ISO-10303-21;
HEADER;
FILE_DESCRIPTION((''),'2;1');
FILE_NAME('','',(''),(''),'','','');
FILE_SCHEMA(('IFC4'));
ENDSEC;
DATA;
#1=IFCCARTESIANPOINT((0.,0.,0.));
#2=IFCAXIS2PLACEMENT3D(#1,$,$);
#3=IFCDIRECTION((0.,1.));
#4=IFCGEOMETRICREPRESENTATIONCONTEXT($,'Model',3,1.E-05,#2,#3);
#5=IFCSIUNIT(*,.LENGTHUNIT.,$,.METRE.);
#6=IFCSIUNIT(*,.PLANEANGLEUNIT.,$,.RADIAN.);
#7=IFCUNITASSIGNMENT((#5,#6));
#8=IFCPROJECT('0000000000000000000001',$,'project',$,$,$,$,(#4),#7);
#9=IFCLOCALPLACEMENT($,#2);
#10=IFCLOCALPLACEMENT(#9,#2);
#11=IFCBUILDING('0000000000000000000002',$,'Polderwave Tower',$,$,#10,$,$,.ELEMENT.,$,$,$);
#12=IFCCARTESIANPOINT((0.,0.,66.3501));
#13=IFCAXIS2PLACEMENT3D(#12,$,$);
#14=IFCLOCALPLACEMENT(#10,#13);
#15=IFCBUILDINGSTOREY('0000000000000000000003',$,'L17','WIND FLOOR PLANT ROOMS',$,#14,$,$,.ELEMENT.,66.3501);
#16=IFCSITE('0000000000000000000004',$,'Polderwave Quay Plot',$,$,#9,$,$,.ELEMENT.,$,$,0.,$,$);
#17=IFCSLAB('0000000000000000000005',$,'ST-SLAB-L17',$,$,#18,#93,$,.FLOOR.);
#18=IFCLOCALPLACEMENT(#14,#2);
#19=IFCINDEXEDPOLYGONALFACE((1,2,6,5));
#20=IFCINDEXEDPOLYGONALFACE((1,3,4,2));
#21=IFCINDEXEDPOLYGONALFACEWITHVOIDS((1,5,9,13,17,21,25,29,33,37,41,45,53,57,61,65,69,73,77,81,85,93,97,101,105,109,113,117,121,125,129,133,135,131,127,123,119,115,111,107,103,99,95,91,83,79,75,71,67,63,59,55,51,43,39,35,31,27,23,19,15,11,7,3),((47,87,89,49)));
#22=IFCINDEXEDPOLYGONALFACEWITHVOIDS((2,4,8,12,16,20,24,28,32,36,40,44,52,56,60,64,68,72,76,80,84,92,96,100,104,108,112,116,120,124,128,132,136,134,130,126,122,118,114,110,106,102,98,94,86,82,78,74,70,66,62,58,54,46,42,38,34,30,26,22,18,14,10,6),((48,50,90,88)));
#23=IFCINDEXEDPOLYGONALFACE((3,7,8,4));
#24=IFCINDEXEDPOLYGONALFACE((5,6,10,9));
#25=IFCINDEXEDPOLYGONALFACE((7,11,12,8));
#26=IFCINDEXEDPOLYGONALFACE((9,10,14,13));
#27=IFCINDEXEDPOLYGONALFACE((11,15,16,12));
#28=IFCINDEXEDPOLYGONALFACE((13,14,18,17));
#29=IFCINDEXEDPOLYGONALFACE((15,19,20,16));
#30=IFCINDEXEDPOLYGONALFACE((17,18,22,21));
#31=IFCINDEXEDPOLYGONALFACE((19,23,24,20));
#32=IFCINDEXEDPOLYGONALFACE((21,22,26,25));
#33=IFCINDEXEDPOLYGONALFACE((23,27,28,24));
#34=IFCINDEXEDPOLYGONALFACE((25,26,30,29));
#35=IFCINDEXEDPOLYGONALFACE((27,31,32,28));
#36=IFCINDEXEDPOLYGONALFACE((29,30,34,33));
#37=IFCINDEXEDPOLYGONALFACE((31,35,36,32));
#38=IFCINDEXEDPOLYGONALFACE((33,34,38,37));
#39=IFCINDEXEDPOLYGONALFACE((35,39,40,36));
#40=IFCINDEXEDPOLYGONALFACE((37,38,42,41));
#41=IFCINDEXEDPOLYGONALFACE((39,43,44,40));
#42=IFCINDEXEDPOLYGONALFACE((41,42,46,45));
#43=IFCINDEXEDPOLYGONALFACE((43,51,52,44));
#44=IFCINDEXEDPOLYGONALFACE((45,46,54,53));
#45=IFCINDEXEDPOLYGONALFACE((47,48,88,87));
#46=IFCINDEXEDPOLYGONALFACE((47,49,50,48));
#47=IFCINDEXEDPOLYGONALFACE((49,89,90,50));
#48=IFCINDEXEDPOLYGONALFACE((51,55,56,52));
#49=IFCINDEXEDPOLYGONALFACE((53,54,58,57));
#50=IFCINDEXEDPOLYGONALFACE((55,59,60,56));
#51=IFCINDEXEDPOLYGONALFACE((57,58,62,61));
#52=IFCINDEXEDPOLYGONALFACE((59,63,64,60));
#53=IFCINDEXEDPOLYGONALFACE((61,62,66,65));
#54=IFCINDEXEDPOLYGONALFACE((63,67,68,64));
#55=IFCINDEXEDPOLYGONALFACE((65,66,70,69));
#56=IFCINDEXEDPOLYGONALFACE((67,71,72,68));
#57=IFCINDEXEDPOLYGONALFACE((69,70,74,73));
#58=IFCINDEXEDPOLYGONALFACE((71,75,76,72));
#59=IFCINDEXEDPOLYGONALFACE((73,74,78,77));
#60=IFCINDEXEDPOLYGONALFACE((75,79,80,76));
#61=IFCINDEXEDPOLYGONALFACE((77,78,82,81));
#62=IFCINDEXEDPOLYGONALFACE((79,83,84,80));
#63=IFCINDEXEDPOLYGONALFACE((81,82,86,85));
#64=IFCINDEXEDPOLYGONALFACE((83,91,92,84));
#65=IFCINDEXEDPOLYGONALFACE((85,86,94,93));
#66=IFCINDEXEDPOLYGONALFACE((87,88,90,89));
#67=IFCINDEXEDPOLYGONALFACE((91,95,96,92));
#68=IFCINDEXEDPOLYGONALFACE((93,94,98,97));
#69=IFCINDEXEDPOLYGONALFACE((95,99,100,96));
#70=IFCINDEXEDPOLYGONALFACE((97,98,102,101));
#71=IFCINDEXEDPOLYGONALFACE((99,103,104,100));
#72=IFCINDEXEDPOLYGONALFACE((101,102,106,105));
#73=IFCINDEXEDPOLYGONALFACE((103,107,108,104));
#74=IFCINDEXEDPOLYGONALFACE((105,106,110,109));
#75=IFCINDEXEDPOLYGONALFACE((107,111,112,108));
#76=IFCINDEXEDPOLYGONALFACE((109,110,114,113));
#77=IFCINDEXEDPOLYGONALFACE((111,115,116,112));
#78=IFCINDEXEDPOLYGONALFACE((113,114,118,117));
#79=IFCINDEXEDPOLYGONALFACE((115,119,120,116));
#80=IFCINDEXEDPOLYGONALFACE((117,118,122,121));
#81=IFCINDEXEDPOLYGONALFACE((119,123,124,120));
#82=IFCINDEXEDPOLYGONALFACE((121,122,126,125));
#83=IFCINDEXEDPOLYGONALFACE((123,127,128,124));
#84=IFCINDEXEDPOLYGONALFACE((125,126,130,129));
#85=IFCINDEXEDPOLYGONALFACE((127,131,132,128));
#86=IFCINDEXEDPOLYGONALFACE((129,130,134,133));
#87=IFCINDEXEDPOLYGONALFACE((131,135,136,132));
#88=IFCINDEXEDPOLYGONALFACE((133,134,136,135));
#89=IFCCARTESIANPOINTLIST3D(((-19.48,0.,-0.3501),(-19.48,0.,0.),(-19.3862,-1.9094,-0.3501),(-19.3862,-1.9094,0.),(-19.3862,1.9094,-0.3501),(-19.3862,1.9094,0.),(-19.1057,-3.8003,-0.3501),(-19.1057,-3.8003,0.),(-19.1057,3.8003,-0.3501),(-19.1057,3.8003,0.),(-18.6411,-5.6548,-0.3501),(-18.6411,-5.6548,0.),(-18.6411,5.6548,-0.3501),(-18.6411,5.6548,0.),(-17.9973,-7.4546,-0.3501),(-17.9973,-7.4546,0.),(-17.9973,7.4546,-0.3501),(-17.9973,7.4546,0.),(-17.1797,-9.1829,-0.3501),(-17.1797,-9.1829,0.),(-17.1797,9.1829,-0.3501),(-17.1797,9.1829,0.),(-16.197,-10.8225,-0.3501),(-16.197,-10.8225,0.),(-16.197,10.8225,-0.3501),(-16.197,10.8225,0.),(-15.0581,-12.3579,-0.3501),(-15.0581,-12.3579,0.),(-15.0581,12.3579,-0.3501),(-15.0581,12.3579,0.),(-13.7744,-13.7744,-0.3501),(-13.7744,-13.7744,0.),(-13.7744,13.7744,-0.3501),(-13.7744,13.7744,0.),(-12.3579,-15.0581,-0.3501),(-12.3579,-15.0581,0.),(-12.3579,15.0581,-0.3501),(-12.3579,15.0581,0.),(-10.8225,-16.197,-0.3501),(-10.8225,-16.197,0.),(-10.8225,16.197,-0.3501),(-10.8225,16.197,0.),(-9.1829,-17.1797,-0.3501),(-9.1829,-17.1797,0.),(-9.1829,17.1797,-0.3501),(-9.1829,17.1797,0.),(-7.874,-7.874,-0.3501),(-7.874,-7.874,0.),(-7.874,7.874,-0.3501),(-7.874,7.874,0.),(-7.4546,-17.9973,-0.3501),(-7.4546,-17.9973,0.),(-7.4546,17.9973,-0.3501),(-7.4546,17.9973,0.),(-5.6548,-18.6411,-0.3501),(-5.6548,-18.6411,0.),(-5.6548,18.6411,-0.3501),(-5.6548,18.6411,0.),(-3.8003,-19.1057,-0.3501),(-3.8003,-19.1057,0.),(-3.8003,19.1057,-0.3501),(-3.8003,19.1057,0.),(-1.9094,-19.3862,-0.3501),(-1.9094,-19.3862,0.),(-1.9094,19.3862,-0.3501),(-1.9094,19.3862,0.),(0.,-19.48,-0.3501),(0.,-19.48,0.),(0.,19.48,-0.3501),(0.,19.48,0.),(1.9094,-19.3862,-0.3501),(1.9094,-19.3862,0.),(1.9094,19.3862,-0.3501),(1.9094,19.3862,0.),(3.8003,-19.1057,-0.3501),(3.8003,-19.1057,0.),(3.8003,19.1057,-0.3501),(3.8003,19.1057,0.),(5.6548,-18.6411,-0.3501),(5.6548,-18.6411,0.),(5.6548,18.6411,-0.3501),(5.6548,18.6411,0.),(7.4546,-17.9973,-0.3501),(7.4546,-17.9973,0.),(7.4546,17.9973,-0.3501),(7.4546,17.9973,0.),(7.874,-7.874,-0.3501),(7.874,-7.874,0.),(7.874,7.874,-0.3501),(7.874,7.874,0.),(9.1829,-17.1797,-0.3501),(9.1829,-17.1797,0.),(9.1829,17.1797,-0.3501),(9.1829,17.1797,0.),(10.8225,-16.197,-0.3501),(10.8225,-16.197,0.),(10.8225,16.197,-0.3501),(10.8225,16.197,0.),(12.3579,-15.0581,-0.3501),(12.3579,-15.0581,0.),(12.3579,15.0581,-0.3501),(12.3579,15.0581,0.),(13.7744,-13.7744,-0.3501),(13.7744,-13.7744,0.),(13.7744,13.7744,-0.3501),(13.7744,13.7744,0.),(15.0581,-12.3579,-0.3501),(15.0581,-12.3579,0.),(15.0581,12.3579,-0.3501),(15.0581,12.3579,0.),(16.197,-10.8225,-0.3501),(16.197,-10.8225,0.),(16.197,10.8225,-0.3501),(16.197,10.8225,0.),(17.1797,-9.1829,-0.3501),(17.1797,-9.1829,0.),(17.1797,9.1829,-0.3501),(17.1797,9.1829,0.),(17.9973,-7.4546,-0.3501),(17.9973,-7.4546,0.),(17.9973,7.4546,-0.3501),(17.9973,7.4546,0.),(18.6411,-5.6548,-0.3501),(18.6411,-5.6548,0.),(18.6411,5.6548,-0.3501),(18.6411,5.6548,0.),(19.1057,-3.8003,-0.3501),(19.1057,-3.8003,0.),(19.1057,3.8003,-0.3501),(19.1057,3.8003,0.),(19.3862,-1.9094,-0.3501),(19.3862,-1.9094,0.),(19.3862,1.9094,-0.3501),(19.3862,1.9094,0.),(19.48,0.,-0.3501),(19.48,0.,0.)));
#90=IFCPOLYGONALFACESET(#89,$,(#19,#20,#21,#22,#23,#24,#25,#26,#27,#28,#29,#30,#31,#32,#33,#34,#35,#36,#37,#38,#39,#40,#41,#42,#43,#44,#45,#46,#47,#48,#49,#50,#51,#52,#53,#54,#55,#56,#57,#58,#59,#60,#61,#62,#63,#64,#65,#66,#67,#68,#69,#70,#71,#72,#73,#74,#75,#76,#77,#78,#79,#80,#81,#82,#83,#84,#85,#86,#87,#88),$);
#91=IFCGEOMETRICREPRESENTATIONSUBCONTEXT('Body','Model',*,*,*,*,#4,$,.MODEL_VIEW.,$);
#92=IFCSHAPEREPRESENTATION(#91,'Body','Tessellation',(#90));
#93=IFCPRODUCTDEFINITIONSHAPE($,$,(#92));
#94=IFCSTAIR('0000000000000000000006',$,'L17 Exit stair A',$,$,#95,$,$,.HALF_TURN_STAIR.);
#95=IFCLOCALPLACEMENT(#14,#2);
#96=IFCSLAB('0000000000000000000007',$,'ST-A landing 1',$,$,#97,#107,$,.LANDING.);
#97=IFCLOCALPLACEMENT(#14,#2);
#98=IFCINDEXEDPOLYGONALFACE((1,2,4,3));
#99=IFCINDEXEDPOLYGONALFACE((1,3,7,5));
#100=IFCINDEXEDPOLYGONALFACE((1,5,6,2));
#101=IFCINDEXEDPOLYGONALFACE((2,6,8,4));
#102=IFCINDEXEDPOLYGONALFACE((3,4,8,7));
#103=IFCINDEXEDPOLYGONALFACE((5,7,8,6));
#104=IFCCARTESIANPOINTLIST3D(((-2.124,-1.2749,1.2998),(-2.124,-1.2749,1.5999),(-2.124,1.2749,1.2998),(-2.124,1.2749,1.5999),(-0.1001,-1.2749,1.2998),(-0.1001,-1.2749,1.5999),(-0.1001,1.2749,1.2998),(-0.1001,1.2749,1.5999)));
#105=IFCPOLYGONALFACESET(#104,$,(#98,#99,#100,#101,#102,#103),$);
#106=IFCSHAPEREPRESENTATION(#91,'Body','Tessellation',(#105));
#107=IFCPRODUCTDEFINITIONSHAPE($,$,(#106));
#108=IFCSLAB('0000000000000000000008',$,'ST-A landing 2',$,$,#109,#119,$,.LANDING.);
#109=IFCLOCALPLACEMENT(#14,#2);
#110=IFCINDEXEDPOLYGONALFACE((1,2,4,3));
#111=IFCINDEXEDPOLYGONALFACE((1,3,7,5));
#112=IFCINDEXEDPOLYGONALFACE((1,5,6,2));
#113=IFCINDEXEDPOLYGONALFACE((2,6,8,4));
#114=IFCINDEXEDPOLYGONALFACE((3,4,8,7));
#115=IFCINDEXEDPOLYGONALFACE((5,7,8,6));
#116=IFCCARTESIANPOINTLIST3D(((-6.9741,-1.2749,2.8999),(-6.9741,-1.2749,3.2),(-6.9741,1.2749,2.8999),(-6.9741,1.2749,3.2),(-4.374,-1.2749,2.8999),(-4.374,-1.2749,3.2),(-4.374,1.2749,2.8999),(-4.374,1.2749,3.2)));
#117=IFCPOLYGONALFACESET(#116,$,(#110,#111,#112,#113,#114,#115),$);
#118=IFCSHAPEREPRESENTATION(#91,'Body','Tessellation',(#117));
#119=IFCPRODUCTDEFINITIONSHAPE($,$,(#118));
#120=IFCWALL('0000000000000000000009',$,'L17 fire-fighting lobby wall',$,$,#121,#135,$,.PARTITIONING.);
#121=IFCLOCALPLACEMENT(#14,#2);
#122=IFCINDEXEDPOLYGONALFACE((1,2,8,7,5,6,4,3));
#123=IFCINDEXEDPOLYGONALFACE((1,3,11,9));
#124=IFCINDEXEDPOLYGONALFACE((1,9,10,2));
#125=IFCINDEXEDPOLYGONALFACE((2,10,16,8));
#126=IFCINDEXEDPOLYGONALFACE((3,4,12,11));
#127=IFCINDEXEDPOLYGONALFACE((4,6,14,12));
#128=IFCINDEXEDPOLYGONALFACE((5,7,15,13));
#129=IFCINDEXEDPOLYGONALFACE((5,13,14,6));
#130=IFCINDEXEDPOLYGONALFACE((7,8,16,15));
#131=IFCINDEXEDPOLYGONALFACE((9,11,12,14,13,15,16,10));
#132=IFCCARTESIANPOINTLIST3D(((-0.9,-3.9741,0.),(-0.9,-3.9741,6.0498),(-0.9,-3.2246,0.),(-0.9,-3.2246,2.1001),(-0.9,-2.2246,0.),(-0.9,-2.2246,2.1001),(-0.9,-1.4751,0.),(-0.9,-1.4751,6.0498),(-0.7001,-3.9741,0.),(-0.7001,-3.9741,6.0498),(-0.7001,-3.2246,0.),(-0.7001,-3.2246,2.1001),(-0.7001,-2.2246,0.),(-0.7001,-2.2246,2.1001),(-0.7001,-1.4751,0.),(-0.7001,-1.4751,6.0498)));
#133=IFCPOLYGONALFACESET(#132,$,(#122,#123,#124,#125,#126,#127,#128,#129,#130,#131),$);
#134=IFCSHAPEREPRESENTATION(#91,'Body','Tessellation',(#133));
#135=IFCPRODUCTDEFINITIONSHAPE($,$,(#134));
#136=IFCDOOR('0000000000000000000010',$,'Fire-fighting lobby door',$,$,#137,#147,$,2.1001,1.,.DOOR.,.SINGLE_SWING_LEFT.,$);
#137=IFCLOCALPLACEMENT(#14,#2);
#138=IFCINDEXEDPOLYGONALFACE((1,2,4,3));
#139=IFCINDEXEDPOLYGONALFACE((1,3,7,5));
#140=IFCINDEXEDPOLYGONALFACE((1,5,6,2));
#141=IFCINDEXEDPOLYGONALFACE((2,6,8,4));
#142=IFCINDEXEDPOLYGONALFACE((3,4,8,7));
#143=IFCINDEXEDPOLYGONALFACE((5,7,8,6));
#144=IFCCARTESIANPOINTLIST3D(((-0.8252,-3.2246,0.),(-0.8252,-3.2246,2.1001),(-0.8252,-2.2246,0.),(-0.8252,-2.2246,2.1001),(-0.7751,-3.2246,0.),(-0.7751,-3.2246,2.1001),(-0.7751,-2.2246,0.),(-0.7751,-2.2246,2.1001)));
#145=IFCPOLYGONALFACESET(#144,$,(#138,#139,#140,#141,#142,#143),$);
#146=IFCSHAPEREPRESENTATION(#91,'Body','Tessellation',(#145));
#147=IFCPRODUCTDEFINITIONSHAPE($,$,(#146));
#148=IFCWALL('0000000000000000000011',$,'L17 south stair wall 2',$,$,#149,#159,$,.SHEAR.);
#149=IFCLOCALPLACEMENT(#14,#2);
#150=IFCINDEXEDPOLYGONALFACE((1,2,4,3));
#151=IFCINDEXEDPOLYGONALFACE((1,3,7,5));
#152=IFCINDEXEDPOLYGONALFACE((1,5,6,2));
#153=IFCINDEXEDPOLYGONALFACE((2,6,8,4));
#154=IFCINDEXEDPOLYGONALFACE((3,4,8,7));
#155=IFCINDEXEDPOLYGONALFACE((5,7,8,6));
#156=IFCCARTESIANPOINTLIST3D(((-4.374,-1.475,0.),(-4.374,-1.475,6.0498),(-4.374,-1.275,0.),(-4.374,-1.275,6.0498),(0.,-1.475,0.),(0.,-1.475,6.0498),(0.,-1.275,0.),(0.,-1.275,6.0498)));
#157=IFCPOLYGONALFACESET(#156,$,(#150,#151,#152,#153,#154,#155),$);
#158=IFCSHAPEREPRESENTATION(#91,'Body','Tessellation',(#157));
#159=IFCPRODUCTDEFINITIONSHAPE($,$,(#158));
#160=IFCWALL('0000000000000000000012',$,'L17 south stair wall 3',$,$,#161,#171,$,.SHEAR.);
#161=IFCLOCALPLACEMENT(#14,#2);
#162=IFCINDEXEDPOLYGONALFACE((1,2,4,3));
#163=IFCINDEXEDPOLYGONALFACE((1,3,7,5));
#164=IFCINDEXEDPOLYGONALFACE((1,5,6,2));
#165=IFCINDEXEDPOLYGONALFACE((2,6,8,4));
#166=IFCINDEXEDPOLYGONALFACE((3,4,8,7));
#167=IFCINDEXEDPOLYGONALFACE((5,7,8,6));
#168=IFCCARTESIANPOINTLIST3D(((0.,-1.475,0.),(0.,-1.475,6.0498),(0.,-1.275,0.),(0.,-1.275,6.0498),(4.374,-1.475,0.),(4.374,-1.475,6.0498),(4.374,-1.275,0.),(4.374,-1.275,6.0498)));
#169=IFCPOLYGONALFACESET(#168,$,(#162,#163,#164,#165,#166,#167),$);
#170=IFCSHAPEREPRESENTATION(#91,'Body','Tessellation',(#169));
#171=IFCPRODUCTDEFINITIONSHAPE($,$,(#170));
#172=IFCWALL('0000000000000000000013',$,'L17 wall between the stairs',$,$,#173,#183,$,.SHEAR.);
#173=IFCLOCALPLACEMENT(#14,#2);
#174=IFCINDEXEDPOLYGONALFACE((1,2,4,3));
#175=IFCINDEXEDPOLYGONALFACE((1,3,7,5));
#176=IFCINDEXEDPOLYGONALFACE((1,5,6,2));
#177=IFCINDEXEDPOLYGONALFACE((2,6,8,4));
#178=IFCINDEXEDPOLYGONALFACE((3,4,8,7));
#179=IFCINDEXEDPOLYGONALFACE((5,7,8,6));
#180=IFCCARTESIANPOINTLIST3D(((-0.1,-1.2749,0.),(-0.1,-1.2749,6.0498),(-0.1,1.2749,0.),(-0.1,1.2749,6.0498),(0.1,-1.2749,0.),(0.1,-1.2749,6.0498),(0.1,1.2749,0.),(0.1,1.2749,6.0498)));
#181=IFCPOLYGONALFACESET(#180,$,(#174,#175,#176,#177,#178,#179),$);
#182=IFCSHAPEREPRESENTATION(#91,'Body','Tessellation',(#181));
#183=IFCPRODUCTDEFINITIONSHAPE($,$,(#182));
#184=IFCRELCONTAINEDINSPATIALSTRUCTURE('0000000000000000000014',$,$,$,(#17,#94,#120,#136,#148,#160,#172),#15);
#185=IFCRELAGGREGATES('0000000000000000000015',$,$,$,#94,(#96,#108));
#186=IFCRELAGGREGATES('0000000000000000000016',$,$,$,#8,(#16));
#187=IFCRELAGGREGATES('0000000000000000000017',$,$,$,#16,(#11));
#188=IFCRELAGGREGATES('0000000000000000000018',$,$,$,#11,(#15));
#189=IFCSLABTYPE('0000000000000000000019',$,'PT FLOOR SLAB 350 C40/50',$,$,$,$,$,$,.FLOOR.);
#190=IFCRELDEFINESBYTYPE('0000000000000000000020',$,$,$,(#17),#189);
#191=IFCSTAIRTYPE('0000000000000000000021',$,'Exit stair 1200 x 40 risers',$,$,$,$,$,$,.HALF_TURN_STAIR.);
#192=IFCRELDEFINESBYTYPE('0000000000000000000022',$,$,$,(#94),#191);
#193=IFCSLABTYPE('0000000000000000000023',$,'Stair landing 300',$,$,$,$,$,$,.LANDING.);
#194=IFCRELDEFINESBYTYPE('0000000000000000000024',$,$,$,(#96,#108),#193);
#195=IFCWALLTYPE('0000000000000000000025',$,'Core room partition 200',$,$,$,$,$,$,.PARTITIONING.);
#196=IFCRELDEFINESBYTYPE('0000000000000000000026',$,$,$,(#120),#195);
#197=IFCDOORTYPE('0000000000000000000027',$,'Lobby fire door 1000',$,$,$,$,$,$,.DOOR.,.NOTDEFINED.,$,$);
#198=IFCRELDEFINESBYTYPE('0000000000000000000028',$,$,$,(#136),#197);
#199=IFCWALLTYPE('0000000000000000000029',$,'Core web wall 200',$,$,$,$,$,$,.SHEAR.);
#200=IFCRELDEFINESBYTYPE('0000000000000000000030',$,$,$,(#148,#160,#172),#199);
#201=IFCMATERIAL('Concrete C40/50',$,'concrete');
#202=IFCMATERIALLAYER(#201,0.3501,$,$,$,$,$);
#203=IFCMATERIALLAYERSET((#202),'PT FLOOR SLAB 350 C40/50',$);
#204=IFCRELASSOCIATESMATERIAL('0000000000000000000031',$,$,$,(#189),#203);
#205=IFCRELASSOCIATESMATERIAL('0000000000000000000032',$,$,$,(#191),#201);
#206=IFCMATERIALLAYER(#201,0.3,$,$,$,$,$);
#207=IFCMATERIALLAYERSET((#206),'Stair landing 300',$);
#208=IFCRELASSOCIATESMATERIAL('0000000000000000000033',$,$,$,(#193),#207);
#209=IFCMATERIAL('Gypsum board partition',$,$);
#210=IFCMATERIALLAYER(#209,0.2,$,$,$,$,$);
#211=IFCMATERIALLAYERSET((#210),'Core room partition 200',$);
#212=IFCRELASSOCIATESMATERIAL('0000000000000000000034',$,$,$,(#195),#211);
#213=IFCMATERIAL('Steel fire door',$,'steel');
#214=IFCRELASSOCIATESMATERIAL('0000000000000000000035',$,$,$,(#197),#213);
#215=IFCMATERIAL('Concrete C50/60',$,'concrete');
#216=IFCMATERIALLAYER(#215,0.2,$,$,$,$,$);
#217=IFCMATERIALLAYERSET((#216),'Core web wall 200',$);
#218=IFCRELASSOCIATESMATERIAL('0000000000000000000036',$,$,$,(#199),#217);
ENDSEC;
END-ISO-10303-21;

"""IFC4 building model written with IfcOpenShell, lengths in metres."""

from ifc_helpers import new_model, si_unit, direction, frame, frame_2d, origin, place, context, subcontext, project, spatial, polyline, rectangle, outline, extrude, material, layer, layer_set, type_object, element, fill, aggregate, save


model = new_model("IFC4")

# Units and contexts
model_context = context("Model", 3, precision=1e-05, world=origin(), true_north=direction((0.0, 1.0)))
body_context = subcontext(model_context, "Body", "Model", "MODEL_VIEW")
ifc_project = project(units=[si_unit("LENGTHUNIT", "METRE"), si_unit("PLANEANGLEUNIT", "RADIAN")], contexts=[model_context])

# Site, building, storey
site_placement = place(None, origin())
site = spatial("IfcSite", under=ifc_project, at=site_placement, Name="Polderwave Quay Plot", CompositionType="ELEMENT", RefElevation=0.0)
building_placement = place(site_placement, origin())
building = spatial("IfcBuilding", under=site, at=building_placement, Name="Polderwave Tower", CompositionType="ELEMENT")
storey_placement = place(building_placement, frame((0.0, 0.0, 66.3501)))
storey = spatial("IfcBuildingStorey", under=building, at=storey_placement, Name="L17", Description="WIND FLOOR PLANT ROOMS", CompositionType="ELEMENT", Elevation=66.3501)

# Slab
ifc_material_1 = material(Name="Concrete C40/50", Category="concrete")
ifc_layer_1 = layer(ifc_material_1, 0.3501)
ifc_layer_set_1 = layer_set([ifc_layer_1], Name="PT FLOOR SLAB 350 C40/50")
slab_type_1 = type_object("IfcSlabType", Name="PT FLOOR SLAB 350 C40/50", PredefinedType="FLOOR", material=ifc_layer_set_1)
slab_1_placement = place(storey_placement, frame((0.0, 0.0, -0.3501)))
element("IfcSlab", 1, at=slab_1_placement, inside=storey, type_object=slab_type_1, Name="ST-SLAB-L17", PredefinedType="FLOOR", context=body_context, shape_type="SweptSolid", body=[
    extrude(outline(polyline([(19.48, 0.0), (19.3862, 1.9094), (19.1057, 3.8003), (18.6411, 5.6548), (17.9973, 7.4546), (17.1797, 9.1829), (16.197, 10.8225), (15.0581, 12.3579), (13.7744, 13.7744), (12.3579, 15.0581), (10.8225, 16.197), (9.1829, 17.1797), (7.4546, 17.9973), (5.6548, 18.6411), (3.8003, 19.1057), (1.9094, 19.3862), (0.0, 19.48), (-1.9094, 19.3862), (-3.8003, 19.1057), (-5.6548, 18.6411), (-7.4546, 17.9973), (-9.1829, 17.1797), (-10.8225, 16.197), (-12.3579, 15.0581), (-13.7744, 13.7744), (-15.0581, 12.3579), (-16.197, 10.8225), (-17.1797, 9.1829), (-17.9973, 7.4546), (-18.6411, 5.6548), (-19.1057, 3.8003), (-19.3862, 1.9094), (-19.48, 0.0), (-19.3862, -1.9094), (-19.1057, -3.8003), (-18.6411, -5.6548), (-17.9973, -7.4546), (-17.1797, -9.1829), (-16.197, -10.8225), (-15.0581, -12.3579), (-13.7744, -13.7744), (-12.3579, -15.0581), (-10.8225, -16.197), (-9.1829, -17.1797), (-7.4546, -17.9973), (-5.6548, -18.6411), (-3.8003, -19.1057), (-1.9094, -19.3862), (0.0, -19.48), (1.9094, -19.3862), (3.8003, -19.1057), (5.6548, -18.6411), (7.4546, -17.9973), (9.1829, -17.1797), (10.8225, -16.197), (12.3579, -15.0581), (13.7744, -13.7744), (15.0581, -12.3579), (16.197, -10.8225), (17.1797, -9.1829), (17.9973, -7.4546), (18.6411, -5.6548), (19.1057, -3.8003), (19.3862, -1.9094), (19.48, 0.0)]), holes=[polyline([(-7.874, -7.874), (7.874, -7.874), (7.874, 7.874), (-7.874, 7.874), (-7.874, -7.874)])]), origin(), (0.0, 0.0, 1.0), 0.3501),
])

# Stair, slabs
stair_type = type_object("IfcStairType", Name="Exit stair 1200 x 40 risers", PredefinedType="HALF_TURN_STAIR", material=ifc_material_1)
stair_placement = place(storey_placement, origin())
stair = element("IfcStair", 2, at=stair_placement, inside=storey, type_object=stair_type, Name="L17 Exit stair A", PredefinedType="HALF_TURN_STAIR")
ifc_layer_2 = layer(ifc_material_1, 0.3)
ifc_layer_set_2 = layer_set([ifc_layer_2], Name="Stair landing 300")
slab_type_2 = type_object("IfcSlabType", Name="Stair landing 300", PredefinedType="LANDING", material=ifc_layer_set_2)
slab_2_placement = place(storey_placement, frame((0.0, 0.0, 1.2998)))
slab_2 = element("IfcSlab", 3, at=slab_2_placement, type_object=slab_type_2, Name="ST-A landing 1", PredefinedType="LANDING", context=body_context, shape_type="SweptSolid", body=[
    extrude(outline(polyline([(-2.124, -1.2749), (-0.1001, -1.2749), (-0.1001, 1.2749), (-2.124, 1.2749), (-2.124, -1.2749)])), origin(), (0.0, 0.0, 1.0), 0.3),
])
slab_3_placement = place(storey_placement, frame((0.0, 0.0, 2.8999)))
slab_3 = element("IfcSlab", 4, at=slab_3_placement, type_object=slab_type_2, Name="ST-A landing 2", PredefinedType="LANDING", context=body_context, shape_type="SweptSolid", body=[
    extrude(outline(polyline([(-6.9741, -1.2749), (-4.374, -1.2749), (-4.374, 1.2749), (-6.9741, 1.2749), (-6.9741, -1.2749)])), origin(), (0.0, 0.0, 1.0), 0.3),
])

# Wall, opening, door
ifc_material_2 = material(Name="Gypsum board partition")
ifc_layer_3 = layer(ifc_material_2, 0.2)
ifc_layer_set_3 = layer_set([ifc_layer_3], Name="Core room partition 200")
wall_type_1 = type_object("IfcWallType", Name="Core room partition 200", PredefinedType="PARTITIONING", material=ifc_layer_set_3)
wall_1_placement = place(storey_placement, frame((-0.8, -3.9741, 0.0), z_axis=(0.0, 0.0, 1.0), x_axis=(0.0, 1.0, 0.0)))
wall_1 = element("IfcWall", 5, at=wall_1_placement, inside=storey, type_object=wall_type_1, Name="L17 fire-fighting lobby wall", PredefinedType="PARTITIONING", context=body_context, shape_type="SweptSolid", body=[
    extrude(rectangle(XDim=2.499, YDim=0.2, at=frame_2d((1.2495, 0.0))), origin(), (0.0, 0.0, 1.0), 6.0498),
])
opening_placement = place(wall_1_placement, frame((0.7495, 0.0, 0.0)))
opening = element("IfcOpeningElement", 6, at=opening_placement, cuts=wall_1, PredefinedType="OPENING", context=body_context, shape_type="SweptSolid", body=[
    extrude(rectangle(XDim=1.0, YDim=2.1001, at=frame_2d((0.5, 1.05))), frame((0.0, 0.1099, 0.0), z_axis=(0.0, -1.0, 0.0), x_axis=(1.0, 0.0, 0.0)), (0.0, 0.0, 1.0), 0.22),
])
ifc_material_3 = material(Name="Steel fire door", Category="steel")
door_type = type_object("IfcDoorType", Name="Lobby fire door 1000", OperationType="NOTDEFINED", PredefinedType="DOOR", material=ifc_material_3)
door_placement = place(opening_placement, frame((1.0, 0.0, 0.0), z_axis=(0.0, 0.0, 1.0), x_axis=(-1.0, 0.0, 0.0)))
door = element("IfcDoor", 7, at=door_placement, inside=storey, type_object=door_type, Name="Fire-fighting lobby door", OperationType="SINGLE_SWING_LEFT", OverallHeight=2.1001, OverallWidth=1.0, PredefinedType="DOOR", context=body_context, shape_type="SweptSolid", body=[
    extrude(rectangle(XDim=1.0, YDim=2.1001, at=frame_2d((0.5, 1.05))), frame((0.0, 0.0249, 0.0), z_axis=(0.0, -1.0, 0.0), x_axis=(1.0, 0.0, 0.0)), (0.0, 0.0, 1.0), 0.05),
])
fill(opening, door)

# Walls
ifc_material_4 = material(Name="Concrete C50/60", Category="concrete")
ifc_layer_4 = layer(ifc_material_4, 0.2)
ifc_layer_set_4 = layer_set([ifc_layer_4], Name="Core web wall 200")
wall_type_2 = type_object("IfcWallType", Name="Core web wall 200", PredefinedType="SHEAR", material=ifc_layer_set_4)
for number, where, z_axis, x_axis, name in (
    (8, (-4.374, -1.375, 0.0), (0.0, 0.0, 1.0), (1.0, 0.0, 0.0), "L17 south stair wall 2"),
    (9, (0.0, -1.375, 0.0), (0.0, 0.0, 1.0), (1.0, 0.0, 0.0), "L17 south stair wall 3"),
):
    element("IfcWall", number, at=place(storey_placement, frame(where, z_axis=z_axis, x_axis=x_axis)), inside=storey, type_object=wall_type_2, Name=name, PredefinedType="SHEAR", context=body_context, shape_type="SweptSolid", body=[
        extrude(rectangle(XDim=4.374, YDim=0.2, at=frame_2d((2.187, 0.0))), origin(), (0.0, 0.0, 1.0), 6.0498),
    ])
wall_2_placement = place(storey_placement, frame((0.0, -1.2749, 0.0), z_axis=(0.0, 0.0, 1.0), x_axis=(0.0, 1.0, 0.0)))
element("IfcWall", 10, at=wall_2_placement, inside=storey, type_object=wall_type_2, Name="L17 wall between the stairs", PredefinedType="SHEAR", context=body_context, shape_type="SweptSolid", body=[
    extrude(rectangle(XDim=2.5498, YDim=0.2, at=frame_2d((1.2749, 0.0))), origin(), (0.0, 0.0, 1.0), 6.0498),
])

aggregate(stair, [slab_2, slab_3])

save(model, "model.ifc")
